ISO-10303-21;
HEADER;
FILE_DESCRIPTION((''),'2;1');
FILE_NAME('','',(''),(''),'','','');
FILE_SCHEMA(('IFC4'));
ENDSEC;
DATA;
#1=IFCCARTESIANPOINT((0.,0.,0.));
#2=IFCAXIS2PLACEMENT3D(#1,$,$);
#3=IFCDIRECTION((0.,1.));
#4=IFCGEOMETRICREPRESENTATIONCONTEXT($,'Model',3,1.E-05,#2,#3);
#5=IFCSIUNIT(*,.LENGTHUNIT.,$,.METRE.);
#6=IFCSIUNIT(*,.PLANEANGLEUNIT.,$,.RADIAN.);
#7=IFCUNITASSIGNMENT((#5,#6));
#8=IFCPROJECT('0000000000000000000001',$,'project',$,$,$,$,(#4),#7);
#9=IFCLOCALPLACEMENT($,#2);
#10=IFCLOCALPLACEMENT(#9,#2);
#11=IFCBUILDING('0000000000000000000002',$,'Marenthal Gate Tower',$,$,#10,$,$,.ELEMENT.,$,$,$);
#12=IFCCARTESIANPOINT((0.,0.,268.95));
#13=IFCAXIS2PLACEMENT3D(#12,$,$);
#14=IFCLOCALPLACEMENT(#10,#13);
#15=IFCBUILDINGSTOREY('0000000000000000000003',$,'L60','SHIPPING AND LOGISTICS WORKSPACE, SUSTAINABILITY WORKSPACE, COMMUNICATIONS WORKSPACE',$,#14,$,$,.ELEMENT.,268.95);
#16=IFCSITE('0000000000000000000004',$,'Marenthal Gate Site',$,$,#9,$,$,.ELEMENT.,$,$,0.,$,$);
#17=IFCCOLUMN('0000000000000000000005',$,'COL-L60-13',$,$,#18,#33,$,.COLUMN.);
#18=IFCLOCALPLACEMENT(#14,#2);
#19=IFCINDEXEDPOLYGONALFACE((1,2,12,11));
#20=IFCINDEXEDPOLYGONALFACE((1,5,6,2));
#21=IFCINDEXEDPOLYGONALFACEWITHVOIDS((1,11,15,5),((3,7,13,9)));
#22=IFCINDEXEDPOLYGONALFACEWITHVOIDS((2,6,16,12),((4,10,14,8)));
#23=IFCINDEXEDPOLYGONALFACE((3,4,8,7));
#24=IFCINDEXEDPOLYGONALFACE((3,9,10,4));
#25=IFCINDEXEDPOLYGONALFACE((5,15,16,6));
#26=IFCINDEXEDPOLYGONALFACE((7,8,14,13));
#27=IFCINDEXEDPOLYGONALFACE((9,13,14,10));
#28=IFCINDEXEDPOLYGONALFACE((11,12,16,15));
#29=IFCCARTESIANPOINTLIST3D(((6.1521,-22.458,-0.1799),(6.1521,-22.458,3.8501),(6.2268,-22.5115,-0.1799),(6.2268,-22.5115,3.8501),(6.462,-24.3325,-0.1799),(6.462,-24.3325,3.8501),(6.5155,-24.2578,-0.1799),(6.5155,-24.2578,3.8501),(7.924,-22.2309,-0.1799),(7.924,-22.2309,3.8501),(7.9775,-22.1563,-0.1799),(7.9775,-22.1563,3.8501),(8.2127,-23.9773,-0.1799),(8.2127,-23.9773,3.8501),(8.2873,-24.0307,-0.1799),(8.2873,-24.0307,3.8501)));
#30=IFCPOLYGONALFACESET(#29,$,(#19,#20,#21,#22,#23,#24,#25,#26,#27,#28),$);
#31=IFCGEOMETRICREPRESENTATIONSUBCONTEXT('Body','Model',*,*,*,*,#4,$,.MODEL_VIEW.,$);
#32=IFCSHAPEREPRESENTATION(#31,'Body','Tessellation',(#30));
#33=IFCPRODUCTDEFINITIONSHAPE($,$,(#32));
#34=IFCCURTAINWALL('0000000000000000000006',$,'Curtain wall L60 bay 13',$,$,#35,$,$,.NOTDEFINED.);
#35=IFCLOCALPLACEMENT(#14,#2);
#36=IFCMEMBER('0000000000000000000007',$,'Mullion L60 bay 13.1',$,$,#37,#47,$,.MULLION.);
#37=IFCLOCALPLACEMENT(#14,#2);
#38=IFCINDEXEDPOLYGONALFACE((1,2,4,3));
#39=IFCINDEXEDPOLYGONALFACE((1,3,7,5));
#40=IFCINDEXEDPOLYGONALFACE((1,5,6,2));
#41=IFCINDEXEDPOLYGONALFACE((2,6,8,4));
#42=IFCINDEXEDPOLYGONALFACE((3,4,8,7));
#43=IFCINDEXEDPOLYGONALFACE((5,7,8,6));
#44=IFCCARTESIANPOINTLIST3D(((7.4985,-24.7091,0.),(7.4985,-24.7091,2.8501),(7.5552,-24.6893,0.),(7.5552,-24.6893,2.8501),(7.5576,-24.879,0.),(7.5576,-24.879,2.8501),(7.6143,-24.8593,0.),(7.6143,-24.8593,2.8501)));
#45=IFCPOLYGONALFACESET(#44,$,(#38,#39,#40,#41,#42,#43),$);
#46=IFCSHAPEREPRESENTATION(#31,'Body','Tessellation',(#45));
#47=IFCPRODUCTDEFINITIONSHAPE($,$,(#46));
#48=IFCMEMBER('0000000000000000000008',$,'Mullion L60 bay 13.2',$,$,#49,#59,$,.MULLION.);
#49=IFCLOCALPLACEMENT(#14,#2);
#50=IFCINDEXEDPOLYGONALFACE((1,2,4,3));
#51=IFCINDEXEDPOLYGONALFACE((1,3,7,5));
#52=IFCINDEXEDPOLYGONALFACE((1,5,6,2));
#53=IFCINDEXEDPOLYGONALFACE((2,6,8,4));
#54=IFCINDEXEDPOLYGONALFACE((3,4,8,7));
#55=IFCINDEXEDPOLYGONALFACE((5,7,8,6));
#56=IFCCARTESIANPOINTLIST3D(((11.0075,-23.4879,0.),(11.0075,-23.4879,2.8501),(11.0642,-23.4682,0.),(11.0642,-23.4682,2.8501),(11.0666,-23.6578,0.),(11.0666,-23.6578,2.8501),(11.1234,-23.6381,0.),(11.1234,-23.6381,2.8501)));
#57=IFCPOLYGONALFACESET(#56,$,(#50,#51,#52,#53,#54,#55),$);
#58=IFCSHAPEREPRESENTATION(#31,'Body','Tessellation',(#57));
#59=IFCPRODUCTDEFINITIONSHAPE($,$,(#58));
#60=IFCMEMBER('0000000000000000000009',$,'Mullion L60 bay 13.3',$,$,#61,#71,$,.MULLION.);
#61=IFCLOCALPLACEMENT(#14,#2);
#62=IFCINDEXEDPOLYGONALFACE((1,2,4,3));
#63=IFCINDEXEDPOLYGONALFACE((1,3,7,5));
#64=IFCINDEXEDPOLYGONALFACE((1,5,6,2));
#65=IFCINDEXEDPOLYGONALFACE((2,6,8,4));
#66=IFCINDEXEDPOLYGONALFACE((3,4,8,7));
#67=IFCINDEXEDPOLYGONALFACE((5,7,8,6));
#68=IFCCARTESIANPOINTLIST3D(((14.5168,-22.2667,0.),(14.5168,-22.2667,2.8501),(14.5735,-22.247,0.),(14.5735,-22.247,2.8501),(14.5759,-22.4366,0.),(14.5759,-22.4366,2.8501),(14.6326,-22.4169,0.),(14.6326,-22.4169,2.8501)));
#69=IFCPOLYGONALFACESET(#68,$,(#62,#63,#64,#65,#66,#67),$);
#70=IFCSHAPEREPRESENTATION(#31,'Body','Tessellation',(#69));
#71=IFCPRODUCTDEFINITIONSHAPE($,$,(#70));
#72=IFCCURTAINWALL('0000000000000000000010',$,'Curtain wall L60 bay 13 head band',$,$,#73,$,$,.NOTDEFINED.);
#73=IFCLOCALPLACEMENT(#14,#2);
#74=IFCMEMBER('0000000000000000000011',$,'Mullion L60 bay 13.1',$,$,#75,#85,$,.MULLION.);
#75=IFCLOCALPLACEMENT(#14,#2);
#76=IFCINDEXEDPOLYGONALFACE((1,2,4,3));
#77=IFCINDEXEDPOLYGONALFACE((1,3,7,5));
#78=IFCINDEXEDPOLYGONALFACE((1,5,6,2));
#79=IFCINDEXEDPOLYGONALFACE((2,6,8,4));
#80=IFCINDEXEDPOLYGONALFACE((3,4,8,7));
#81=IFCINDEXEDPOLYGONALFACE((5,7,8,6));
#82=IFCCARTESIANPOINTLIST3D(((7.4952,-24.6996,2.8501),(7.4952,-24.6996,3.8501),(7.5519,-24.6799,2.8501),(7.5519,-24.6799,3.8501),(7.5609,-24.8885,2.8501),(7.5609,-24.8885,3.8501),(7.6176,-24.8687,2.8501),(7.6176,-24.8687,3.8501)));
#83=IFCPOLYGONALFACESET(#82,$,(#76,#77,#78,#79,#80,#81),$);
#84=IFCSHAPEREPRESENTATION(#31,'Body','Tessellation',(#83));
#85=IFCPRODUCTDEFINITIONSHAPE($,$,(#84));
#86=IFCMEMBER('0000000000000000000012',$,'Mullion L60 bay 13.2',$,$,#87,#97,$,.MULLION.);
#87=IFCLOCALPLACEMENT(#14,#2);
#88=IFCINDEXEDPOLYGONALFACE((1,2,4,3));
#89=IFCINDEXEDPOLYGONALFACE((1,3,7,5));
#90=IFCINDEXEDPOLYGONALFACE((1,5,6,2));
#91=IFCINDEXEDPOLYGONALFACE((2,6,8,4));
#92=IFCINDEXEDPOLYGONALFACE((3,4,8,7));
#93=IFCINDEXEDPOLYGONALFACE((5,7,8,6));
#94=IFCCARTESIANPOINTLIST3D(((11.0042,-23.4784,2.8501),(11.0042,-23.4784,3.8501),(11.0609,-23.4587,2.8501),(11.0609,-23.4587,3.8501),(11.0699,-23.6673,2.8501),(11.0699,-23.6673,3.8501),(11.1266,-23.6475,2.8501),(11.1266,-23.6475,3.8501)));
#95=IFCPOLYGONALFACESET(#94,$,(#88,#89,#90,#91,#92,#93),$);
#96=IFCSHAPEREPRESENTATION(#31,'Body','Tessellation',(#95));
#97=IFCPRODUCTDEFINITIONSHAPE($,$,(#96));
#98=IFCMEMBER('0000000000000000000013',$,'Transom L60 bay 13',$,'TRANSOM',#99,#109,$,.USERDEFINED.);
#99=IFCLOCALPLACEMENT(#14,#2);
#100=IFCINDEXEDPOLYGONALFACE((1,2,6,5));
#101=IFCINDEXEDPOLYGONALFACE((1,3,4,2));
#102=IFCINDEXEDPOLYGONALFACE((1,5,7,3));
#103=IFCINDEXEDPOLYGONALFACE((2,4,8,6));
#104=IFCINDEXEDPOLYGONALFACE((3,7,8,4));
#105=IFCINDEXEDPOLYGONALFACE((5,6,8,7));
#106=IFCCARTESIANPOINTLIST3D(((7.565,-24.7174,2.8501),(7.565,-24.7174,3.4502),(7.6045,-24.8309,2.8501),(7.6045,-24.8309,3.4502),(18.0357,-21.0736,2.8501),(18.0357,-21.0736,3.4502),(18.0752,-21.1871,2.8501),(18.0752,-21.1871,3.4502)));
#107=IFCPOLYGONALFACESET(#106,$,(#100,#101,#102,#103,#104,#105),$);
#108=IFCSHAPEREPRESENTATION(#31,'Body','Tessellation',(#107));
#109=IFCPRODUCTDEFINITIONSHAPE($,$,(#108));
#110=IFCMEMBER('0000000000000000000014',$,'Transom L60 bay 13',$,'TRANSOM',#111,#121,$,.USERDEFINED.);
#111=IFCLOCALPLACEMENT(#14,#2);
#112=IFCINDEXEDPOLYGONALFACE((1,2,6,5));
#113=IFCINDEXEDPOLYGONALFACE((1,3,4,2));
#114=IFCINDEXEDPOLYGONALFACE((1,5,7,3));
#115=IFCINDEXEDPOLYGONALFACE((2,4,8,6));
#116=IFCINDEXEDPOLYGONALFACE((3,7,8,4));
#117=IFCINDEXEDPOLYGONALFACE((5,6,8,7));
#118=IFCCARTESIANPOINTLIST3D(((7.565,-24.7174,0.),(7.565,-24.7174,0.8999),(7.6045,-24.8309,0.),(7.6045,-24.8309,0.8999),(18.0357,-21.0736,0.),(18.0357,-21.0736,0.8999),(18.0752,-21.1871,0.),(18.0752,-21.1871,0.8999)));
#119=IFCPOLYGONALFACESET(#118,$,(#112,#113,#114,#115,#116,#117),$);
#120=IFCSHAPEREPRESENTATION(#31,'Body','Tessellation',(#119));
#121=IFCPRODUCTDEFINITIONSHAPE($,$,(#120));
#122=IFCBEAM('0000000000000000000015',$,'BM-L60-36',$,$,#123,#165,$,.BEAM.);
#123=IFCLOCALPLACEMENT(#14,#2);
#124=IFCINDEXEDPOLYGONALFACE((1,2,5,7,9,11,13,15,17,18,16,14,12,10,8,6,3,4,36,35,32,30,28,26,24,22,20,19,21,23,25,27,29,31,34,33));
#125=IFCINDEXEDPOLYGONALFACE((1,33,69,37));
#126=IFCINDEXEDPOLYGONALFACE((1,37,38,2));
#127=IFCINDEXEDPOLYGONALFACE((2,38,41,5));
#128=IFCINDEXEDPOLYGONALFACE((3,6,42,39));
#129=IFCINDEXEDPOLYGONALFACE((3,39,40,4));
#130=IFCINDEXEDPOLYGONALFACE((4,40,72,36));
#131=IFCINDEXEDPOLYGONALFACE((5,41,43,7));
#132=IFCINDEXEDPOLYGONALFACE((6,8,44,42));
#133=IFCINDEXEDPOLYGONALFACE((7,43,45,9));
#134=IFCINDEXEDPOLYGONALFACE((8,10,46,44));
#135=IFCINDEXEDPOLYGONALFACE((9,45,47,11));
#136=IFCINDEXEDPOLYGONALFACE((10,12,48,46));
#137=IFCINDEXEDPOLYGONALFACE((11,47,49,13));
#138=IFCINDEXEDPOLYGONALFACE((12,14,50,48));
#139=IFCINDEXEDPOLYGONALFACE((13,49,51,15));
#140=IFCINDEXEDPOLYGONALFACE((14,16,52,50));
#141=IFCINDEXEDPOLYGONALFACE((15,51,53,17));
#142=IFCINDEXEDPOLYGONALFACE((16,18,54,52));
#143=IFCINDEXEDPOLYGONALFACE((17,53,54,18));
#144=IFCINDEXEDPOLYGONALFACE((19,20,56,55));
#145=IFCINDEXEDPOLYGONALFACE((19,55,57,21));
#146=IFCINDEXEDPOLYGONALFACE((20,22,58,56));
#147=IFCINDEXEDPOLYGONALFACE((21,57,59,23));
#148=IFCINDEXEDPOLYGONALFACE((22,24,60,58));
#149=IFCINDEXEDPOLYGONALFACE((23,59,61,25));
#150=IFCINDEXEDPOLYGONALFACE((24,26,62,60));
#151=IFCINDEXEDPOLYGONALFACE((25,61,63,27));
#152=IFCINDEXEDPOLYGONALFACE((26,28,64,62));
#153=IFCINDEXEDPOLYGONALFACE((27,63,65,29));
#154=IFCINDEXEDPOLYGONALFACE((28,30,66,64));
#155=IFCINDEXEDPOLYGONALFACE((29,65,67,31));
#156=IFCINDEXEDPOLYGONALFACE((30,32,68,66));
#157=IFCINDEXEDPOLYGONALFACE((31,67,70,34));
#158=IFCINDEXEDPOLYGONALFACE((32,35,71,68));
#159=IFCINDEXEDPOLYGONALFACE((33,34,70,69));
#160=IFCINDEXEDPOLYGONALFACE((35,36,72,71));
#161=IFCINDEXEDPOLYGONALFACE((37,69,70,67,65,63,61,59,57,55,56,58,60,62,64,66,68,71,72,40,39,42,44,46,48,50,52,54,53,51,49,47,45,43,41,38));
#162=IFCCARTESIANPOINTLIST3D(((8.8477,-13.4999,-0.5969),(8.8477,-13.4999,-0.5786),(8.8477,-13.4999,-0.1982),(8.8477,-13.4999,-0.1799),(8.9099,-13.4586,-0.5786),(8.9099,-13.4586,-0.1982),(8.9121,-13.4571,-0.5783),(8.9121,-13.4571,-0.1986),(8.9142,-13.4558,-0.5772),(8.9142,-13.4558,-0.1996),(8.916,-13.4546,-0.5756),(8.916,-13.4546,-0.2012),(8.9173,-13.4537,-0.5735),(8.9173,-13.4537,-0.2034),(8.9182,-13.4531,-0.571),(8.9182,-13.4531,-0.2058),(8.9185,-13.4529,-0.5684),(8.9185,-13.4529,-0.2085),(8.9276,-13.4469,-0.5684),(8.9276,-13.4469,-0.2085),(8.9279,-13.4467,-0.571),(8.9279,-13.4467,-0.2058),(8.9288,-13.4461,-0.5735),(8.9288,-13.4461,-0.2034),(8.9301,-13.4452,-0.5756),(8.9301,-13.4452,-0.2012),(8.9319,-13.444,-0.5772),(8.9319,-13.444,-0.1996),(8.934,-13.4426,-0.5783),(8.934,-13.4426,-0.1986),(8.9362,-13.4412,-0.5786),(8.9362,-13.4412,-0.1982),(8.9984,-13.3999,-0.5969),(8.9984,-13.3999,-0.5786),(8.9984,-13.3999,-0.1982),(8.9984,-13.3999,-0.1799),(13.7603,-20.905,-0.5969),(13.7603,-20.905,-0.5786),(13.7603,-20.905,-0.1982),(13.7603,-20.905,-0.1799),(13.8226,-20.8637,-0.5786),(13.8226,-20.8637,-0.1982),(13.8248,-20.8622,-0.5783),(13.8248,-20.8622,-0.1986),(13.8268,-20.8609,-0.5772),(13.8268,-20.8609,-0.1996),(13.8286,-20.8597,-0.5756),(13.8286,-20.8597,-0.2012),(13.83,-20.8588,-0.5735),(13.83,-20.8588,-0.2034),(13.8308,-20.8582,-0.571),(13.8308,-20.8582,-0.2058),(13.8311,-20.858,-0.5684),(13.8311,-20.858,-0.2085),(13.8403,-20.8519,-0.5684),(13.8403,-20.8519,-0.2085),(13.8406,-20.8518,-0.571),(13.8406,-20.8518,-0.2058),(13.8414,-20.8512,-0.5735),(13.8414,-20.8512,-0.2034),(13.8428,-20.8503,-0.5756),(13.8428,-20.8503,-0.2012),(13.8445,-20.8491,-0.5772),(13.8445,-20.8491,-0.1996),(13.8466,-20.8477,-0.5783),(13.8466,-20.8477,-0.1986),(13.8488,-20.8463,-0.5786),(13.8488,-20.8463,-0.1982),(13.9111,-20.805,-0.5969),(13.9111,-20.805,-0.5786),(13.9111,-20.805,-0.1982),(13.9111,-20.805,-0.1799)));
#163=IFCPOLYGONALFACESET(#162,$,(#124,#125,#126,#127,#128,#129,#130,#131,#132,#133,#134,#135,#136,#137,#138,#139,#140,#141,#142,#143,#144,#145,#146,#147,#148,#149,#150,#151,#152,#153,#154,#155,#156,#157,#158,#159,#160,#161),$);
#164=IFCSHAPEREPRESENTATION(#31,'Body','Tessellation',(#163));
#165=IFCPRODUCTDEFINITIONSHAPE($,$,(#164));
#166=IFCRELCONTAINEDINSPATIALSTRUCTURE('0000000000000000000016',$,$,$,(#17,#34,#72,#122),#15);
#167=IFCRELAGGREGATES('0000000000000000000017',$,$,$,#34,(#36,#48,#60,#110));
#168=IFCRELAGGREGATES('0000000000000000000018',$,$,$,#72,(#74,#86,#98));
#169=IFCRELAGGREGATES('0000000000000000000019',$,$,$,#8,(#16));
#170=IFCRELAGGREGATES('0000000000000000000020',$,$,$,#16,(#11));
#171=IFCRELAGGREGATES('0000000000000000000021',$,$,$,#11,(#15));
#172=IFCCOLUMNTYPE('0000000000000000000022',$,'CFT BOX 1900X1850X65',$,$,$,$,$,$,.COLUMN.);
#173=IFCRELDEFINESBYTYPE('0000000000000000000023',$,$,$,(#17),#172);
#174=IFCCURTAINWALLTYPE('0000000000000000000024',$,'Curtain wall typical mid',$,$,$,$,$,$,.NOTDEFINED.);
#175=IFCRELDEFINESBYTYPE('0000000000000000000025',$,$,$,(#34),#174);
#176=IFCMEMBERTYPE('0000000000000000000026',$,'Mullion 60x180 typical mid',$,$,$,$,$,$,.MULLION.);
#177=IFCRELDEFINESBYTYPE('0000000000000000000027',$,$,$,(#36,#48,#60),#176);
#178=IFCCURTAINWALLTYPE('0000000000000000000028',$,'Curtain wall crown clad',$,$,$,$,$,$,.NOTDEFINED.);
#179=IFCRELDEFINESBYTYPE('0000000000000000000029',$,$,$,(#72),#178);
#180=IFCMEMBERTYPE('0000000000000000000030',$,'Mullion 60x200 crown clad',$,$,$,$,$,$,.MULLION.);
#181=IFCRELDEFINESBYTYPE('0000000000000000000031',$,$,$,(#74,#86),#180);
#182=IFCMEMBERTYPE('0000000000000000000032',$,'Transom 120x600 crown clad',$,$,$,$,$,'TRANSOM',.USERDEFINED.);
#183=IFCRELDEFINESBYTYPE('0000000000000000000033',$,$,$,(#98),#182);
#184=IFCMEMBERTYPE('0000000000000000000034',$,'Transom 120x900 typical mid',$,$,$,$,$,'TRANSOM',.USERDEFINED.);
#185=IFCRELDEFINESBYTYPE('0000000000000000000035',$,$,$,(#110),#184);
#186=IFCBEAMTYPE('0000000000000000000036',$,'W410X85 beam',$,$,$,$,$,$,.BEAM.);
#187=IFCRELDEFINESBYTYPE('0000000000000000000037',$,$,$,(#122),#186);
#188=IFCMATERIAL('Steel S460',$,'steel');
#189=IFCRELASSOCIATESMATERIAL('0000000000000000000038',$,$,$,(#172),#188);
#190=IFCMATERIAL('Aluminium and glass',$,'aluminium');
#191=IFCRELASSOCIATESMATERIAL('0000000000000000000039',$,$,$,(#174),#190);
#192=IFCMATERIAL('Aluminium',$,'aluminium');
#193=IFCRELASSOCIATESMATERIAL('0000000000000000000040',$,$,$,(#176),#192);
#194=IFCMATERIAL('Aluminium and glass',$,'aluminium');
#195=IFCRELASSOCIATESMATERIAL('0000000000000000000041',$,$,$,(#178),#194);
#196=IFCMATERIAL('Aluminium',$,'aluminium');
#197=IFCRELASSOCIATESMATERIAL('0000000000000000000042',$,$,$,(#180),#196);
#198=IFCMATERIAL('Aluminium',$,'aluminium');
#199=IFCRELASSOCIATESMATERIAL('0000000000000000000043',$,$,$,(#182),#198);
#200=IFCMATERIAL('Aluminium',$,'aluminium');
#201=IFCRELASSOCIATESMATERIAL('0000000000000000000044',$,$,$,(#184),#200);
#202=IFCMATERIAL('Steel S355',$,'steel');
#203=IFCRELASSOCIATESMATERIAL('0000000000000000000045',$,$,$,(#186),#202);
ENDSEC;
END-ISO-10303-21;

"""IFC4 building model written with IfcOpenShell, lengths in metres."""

from ifc_helpers import new_model, si_unit, direction, frame, origin, origin_2d, place, context, subcontext, project, spatial, rectangle, hollow_rectangle, i_section, extrude, material, material_profile, profile_set, type_object, element, aggregate, save


model = new_model("IFC4")

# Units and contexts
model_context = context("Model", 3, precision=1e-05, world=origin(), true_north=direction((0.0, 1.0)))
body_context = subcontext(model_context, "Body", "Model", "MODEL_VIEW")
ifc_project = project(units=[si_unit("LENGTHUNIT", "METRE"), si_unit("PLANEANGLEUNIT", "RADIAN")], contexts=[model_context])

# Site, building, storey
site_placement = place(None, origin())
site = spatial("IfcSite", under=ifc_project, at=site_placement, Name="Marenthal Gate Site", CompositionType="ELEMENT", RefElevation=0.0)
building_placement = place(site_placement, origin())
building = spatial("IfcBuilding", under=site, at=building_placement, Name="Marenthal Gate Tower", CompositionType="ELEMENT")
storey_placement = place(building_placement, frame((0.0, 0.0, 268.95)))
storey = spatial("IfcBuildingStorey", under=building, at=storey_placement, Name="L60", Description="SHIPPING AND LOGISTICS WORKSPACE, SUSTAINABILITY WORKSPACE, COMMUNICATIONS WORKSPACE", CompositionType="ELEMENT", Elevation=268.95)

# Column
ifc_material_1 = material(Name="Steel S460", Category="steel")
ifc_material_profile_1 = material_profile(ifc_material_1, hollow_rectangle(XDim=1.8501, YDim=1.8999, WallThickness=0.0649, at=origin_2d()), Name="CFT BOX 1900X1850X65")
ifc_material_2 = material(Name="Concrete 70 MPa", Category="concrete")
ifc_material_profile_2 = material_profile(ifc_material_2, rectangle(XDim=1.72, YDim=1.77, at=origin_2d()), Name="CFT BOX 1900X1850X65 INFILL")
ifc_profile_set_1 = profile_set([ifc_material_profile_1, ifc_material_profile_2], Name="Steel S460 shell, Concrete 70 MPa infill")
column_type = type_object("IfcColumnType", Name="CFT BOX 1900X1850X65", PredefinedType="COLUMN", material=ifc_profile_set_1)
column_placement = place(storey_placement, frame((7.2197, -23.2444, -0.1799), z_axis=(0.0, 0.0, 1.0), x_axis=(-0.98661, -0.163097, 0.0)))
element("IfcColumn", 1, at=column_placement, inside=storey, type_object=column_type, Name="COL-L60-13", PredefinedType="COLUMN", context=body_context, shape_type="SweptSolid", body=[
    extrude(hollow_rectangle(XDim=1.8501, YDim=1.8999, WallThickness=0.0649, at=origin_2d()), origin(), (0.0, 0.0, 1.0), 4.03),
])

# Curtain walls, members
ifc_material_3 = material(Name="Aluminium and glass", Category="aluminium")
curtain_wall_type_1 = type_object("IfcCurtainWallType", Name="Curtain wall typical mid", PredefinedType="NOTDEFINED", material=ifc_material_3)
curtain_wall_1_placement = place(storey_placement, origin())
curtain_wall_1 = element("IfcCurtainWall", 2, at=curtain_wall_1_placement, inside=storey, type_object=curtain_wall_type_1, Name="Curtain wall L60 bay 13", PredefinedType="NOTDEFINED")
ifc_material_4 = material(Name="Aluminium", Category="aluminium")
ifc_material_profile_3 = material_profile(ifc_material_4, rectangle(XDim=0.1799, YDim=0.0601, at=origin_2d()), Name="60x180 aluminium mullion")
ifc_profile_set_2 = profile_set([ifc_material_profile_3], Name="Aluminium")
member_type_1 = type_object("IfcMemberType", Name="Mullion 60x180 typical mid", PredefinedType="MULLION", material=ifc_profile_set_2)
member_1_placement = place(storey_placement, frame((7.5564, -24.7842, 0.0), z_axis=(0.0, 0.0, 1.0), x_axis=(-0.32867, 0.944445, 0.0)))
member_1 = element("IfcMember", 3, at=member_1_placement, type_object=member_type_1, Name="Mullion L60 bay 13.1", PredefinedType="MULLION", context=body_context, shape_type="SweptSolid", body=[
    extrude(rectangle(XDim=0.1799, YDim=0.0601, at=origin_2d()), origin(), (0.0, 0.0, 1.0), 2.8501),
])
member_2_placement = place(storey_placement, frame((11.0654, -23.563, 0.0), z_axis=(0.0, 0.0, 1.0), x_axis=(-0.32867, 0.944445, 0.0)))
member_2 = element("IfcMember", 4, at=member_2_placement, type_object=member_type_1, Name="Mullion L60 bay 13.2", PredefinedType="MULLION", context=body_context, shape_type="SweptSolid", body=[
    extrude(rectangle(XDim=0.1799, YDim=0.0601, at=origin_2d()), origin(), (0.0, 0.0, 1.0), 2.8501),
])
member_3_placement = place(storey_placement, frame((14.5747, -22.3418, 0.0), z_axis=(0.0, 0.0, 1.0), x_axis=(-0.32867, 0.944445, 0.0)))
member_3 = element("IfcMember", 5, at=member_3_placement, type_object=member_type_1, Name="Mullion L60 bay 13.3", PredefinedType="MULLION", context=body_context, shape_type="SweptSolid", body=[
    extrude(rectangle(XDim=0.1799, YDim=0.0601, at=origin_2d()), origin(), (0.0, 0.0, 1.0), 2.8501),
])
ifc_material_5 = material(Name="Aluminium and glass", Category="aluminium")
curtain_wall_type_2 = type_object("IfcCurtainWallType", Name="Curtain wall crown clad", PredefinedType="NOTDEFINED", material=ifc_material_5)
curtain_wall_2_placement = place(storey_placement, origin())
curtain_wall_2 = element("IfcCurtainWall", 6, at=curtain_wall_2_placement, inside=storey, type_object=curtain_wall_type_2, Name="Curtain wall L60 bay 13 head band", PredefinedType="NOTDEFINED")
ifc_material_6 = material(Name="Aluminium", Category="aluminium")
ifc_material_profile_4 = material_profile(ifc_material_6, rectangle(XDim=0.2, YDim=0.0601, at=origin_2d()), Name="60x200 aluminium mullion")
ifc_profile_set_3 = profile_set([ifc_material_profile_4], Name="Aluminium")
member_type_2 = type_object("IfcMemberType", Name="Mullion 60x200 crown clad", PredefinedType="MULLION", material=ifc_profile_set_3)
member_4_placement = place(storey_placement, frame((7.5564, -24.7842, 2.8501), z_axis=(0.0, 0.0, 1.0), x_axis=(-0.32867, 0.944445, 0.0)))
member_4 = element("IfcMember", 7, at=member_4_placement, type_object=member_type_2, Name="Mullion L60 bay 13.1", PredefinedType="MULLION", context=body_context, shape_type="SweptSolid", body=[
    extrude(rectangle(XDim=0.2, YDim=0.0601, at=origin_2d()), origin(), (0.0, 0.0, 1.0), 1.0),
])
member_5_placement = place(storey_placement, frame((11.0654, -23.563, 2.8501), z_axis=(0.0, 0.0, 1.0), x_axis=(-0.32867, 0.944445, 0.0)))
member_5 = element("IfcMember", 8, at=member_5_placement, type_object=member_type_2, Name="Mullion L60 bay 13.2", PredefinedType="MULLION", context=body_context, shape_type="SweptSolid", body=[
    extrude(rectangle(XDim=0.2, YDim=0.0601, at=origin_2d()), origin(), (0.0, 0.0, 1.0), 1.0),
])
ifc_material_7 = material(Name="Aluminium", Category="aluminium")
ifc_material_profile_5 = material_profile(ifc_material_7, rectangle(XDim=0.1201, YDim=0.6001, at=origin_2d()), Name="120x600 aluminium transom")
ifc_profile_set_4 = profile_set([ifc_material_profile_5], Name="Aluminium")
member_type_3 = type_object("IfcMemberType", Name="Transom 120x600 crown clad", ElementType="TRANSOM", PredefinedType="USERDEFINED", material=ifc_profile_set_4)
member_6_placement = place(storey_placement, frame((7.5847, -24.7742, 3.1501), z_axis=(0.944446, 0.328667, 0.0), x_axis=(-0.328667, 0.944446, 0.0)))
member_6 = element("IfcMember", 9, at=member_6_placement, type_object=member_type_3, Name="Transom L60 bay 13", ObjectType="TRANSOM", PredefinedType="USERDEFINED", context=body_context, shape_type="SweptSolid", body=[
    extrude(rectangle(XDim=0.1201, YDim=0.6001, at=origin_2d()), origin(), (0.0, 0.0, 1.0), 11.0867),
])

# Member
ifc_material_8 = material(Name="Aluminium", Category="aluminium")
ifc_material_profile_6 = material_profile(ifc_material_8, rectangle(XDim=0.1201, YDim=0.8999, at=origin_2d()), Name="120x900 aluminium transom")
ifc_profile_set_5 = profile_set([ifc_material_profile_6], Name="Aluminium")
member_type_4 = type_object("IfcMemberType", Name="Transom 120x900 typical mid", ElementType="TRANSOM", PredefinedType="USERDEFINED", material=ifc_profile_set_5)
member_7_placement = place(storey_placement, frame((7.5847, -24.7742, 0.45), z_axis=(0.944446, 0.328667, 0.0), x_axis=(-0.328667, 0.944446, 0.0)))
member_7 = element("IfcMember", 10, at=member_7_placement, type_object=member_type_4, Name="Transom L60 bay 13", ObjectType="TRANSOM", PredefinedType="USERDEFINED", context=body_context, shape_type="SweptSolid", body=[
    extrude(rectangle(XDim=0.1201, YDim=0.8999, at=origin_2d()), origin(), (0.0, 0.0, 1.0), 11.0867),
])

# Beam
ifc_material_9 = material(Name="Steel S355", Category="steel")
ifc_material_profile_7 = material_profile(ifc_material_9, i_section(OverallWidth=0.1809, OverallDepth=0.417, WebThickness=0.011, FlangeThickness=0.0183, FilletRadius=0.0103, at=origin_2d()), Name="W410X85")
ifc_profile_set_6 = profile_set([ifc_material_profile_7], Name="Steel S355")
beam_type_1 = type_object("IfcBeamType", Name="W410X85 beam", PredefinedType="BEAM", material=ifc_profile_set_6)
beam_1_placement = place(storey_placement, frame((13.8357, -20.855, -0.3884), z_axis=(-0.552822, 0.833299, 0.0), x_axis=(-0.833299, -0.552822, 0.0)))
element("IfcBeam", 11, at=beam_1_placement, inside=storey, type_object=beam_type_1, Name="BM-L60-36", PredefinedType="BEAM", context=body_context, shape_type="SweptSolid", body=[
    extrude(i_section(OverallWidth=0.1809, OverallDepth=0.417, WebThickness=0.011, FlangeThickness=0.0183, FilletRadius=0.0103, at=origin_2d()), origin(), (0.0, 0.0, 1.0), 8.8865),
])

aggregate(curtain_wall_1, [member_1, member_2, member_3, member_7])
aggregate(curtain_wall_2, [member_4, member_5, member_6])

save(model, "model.ifc")
